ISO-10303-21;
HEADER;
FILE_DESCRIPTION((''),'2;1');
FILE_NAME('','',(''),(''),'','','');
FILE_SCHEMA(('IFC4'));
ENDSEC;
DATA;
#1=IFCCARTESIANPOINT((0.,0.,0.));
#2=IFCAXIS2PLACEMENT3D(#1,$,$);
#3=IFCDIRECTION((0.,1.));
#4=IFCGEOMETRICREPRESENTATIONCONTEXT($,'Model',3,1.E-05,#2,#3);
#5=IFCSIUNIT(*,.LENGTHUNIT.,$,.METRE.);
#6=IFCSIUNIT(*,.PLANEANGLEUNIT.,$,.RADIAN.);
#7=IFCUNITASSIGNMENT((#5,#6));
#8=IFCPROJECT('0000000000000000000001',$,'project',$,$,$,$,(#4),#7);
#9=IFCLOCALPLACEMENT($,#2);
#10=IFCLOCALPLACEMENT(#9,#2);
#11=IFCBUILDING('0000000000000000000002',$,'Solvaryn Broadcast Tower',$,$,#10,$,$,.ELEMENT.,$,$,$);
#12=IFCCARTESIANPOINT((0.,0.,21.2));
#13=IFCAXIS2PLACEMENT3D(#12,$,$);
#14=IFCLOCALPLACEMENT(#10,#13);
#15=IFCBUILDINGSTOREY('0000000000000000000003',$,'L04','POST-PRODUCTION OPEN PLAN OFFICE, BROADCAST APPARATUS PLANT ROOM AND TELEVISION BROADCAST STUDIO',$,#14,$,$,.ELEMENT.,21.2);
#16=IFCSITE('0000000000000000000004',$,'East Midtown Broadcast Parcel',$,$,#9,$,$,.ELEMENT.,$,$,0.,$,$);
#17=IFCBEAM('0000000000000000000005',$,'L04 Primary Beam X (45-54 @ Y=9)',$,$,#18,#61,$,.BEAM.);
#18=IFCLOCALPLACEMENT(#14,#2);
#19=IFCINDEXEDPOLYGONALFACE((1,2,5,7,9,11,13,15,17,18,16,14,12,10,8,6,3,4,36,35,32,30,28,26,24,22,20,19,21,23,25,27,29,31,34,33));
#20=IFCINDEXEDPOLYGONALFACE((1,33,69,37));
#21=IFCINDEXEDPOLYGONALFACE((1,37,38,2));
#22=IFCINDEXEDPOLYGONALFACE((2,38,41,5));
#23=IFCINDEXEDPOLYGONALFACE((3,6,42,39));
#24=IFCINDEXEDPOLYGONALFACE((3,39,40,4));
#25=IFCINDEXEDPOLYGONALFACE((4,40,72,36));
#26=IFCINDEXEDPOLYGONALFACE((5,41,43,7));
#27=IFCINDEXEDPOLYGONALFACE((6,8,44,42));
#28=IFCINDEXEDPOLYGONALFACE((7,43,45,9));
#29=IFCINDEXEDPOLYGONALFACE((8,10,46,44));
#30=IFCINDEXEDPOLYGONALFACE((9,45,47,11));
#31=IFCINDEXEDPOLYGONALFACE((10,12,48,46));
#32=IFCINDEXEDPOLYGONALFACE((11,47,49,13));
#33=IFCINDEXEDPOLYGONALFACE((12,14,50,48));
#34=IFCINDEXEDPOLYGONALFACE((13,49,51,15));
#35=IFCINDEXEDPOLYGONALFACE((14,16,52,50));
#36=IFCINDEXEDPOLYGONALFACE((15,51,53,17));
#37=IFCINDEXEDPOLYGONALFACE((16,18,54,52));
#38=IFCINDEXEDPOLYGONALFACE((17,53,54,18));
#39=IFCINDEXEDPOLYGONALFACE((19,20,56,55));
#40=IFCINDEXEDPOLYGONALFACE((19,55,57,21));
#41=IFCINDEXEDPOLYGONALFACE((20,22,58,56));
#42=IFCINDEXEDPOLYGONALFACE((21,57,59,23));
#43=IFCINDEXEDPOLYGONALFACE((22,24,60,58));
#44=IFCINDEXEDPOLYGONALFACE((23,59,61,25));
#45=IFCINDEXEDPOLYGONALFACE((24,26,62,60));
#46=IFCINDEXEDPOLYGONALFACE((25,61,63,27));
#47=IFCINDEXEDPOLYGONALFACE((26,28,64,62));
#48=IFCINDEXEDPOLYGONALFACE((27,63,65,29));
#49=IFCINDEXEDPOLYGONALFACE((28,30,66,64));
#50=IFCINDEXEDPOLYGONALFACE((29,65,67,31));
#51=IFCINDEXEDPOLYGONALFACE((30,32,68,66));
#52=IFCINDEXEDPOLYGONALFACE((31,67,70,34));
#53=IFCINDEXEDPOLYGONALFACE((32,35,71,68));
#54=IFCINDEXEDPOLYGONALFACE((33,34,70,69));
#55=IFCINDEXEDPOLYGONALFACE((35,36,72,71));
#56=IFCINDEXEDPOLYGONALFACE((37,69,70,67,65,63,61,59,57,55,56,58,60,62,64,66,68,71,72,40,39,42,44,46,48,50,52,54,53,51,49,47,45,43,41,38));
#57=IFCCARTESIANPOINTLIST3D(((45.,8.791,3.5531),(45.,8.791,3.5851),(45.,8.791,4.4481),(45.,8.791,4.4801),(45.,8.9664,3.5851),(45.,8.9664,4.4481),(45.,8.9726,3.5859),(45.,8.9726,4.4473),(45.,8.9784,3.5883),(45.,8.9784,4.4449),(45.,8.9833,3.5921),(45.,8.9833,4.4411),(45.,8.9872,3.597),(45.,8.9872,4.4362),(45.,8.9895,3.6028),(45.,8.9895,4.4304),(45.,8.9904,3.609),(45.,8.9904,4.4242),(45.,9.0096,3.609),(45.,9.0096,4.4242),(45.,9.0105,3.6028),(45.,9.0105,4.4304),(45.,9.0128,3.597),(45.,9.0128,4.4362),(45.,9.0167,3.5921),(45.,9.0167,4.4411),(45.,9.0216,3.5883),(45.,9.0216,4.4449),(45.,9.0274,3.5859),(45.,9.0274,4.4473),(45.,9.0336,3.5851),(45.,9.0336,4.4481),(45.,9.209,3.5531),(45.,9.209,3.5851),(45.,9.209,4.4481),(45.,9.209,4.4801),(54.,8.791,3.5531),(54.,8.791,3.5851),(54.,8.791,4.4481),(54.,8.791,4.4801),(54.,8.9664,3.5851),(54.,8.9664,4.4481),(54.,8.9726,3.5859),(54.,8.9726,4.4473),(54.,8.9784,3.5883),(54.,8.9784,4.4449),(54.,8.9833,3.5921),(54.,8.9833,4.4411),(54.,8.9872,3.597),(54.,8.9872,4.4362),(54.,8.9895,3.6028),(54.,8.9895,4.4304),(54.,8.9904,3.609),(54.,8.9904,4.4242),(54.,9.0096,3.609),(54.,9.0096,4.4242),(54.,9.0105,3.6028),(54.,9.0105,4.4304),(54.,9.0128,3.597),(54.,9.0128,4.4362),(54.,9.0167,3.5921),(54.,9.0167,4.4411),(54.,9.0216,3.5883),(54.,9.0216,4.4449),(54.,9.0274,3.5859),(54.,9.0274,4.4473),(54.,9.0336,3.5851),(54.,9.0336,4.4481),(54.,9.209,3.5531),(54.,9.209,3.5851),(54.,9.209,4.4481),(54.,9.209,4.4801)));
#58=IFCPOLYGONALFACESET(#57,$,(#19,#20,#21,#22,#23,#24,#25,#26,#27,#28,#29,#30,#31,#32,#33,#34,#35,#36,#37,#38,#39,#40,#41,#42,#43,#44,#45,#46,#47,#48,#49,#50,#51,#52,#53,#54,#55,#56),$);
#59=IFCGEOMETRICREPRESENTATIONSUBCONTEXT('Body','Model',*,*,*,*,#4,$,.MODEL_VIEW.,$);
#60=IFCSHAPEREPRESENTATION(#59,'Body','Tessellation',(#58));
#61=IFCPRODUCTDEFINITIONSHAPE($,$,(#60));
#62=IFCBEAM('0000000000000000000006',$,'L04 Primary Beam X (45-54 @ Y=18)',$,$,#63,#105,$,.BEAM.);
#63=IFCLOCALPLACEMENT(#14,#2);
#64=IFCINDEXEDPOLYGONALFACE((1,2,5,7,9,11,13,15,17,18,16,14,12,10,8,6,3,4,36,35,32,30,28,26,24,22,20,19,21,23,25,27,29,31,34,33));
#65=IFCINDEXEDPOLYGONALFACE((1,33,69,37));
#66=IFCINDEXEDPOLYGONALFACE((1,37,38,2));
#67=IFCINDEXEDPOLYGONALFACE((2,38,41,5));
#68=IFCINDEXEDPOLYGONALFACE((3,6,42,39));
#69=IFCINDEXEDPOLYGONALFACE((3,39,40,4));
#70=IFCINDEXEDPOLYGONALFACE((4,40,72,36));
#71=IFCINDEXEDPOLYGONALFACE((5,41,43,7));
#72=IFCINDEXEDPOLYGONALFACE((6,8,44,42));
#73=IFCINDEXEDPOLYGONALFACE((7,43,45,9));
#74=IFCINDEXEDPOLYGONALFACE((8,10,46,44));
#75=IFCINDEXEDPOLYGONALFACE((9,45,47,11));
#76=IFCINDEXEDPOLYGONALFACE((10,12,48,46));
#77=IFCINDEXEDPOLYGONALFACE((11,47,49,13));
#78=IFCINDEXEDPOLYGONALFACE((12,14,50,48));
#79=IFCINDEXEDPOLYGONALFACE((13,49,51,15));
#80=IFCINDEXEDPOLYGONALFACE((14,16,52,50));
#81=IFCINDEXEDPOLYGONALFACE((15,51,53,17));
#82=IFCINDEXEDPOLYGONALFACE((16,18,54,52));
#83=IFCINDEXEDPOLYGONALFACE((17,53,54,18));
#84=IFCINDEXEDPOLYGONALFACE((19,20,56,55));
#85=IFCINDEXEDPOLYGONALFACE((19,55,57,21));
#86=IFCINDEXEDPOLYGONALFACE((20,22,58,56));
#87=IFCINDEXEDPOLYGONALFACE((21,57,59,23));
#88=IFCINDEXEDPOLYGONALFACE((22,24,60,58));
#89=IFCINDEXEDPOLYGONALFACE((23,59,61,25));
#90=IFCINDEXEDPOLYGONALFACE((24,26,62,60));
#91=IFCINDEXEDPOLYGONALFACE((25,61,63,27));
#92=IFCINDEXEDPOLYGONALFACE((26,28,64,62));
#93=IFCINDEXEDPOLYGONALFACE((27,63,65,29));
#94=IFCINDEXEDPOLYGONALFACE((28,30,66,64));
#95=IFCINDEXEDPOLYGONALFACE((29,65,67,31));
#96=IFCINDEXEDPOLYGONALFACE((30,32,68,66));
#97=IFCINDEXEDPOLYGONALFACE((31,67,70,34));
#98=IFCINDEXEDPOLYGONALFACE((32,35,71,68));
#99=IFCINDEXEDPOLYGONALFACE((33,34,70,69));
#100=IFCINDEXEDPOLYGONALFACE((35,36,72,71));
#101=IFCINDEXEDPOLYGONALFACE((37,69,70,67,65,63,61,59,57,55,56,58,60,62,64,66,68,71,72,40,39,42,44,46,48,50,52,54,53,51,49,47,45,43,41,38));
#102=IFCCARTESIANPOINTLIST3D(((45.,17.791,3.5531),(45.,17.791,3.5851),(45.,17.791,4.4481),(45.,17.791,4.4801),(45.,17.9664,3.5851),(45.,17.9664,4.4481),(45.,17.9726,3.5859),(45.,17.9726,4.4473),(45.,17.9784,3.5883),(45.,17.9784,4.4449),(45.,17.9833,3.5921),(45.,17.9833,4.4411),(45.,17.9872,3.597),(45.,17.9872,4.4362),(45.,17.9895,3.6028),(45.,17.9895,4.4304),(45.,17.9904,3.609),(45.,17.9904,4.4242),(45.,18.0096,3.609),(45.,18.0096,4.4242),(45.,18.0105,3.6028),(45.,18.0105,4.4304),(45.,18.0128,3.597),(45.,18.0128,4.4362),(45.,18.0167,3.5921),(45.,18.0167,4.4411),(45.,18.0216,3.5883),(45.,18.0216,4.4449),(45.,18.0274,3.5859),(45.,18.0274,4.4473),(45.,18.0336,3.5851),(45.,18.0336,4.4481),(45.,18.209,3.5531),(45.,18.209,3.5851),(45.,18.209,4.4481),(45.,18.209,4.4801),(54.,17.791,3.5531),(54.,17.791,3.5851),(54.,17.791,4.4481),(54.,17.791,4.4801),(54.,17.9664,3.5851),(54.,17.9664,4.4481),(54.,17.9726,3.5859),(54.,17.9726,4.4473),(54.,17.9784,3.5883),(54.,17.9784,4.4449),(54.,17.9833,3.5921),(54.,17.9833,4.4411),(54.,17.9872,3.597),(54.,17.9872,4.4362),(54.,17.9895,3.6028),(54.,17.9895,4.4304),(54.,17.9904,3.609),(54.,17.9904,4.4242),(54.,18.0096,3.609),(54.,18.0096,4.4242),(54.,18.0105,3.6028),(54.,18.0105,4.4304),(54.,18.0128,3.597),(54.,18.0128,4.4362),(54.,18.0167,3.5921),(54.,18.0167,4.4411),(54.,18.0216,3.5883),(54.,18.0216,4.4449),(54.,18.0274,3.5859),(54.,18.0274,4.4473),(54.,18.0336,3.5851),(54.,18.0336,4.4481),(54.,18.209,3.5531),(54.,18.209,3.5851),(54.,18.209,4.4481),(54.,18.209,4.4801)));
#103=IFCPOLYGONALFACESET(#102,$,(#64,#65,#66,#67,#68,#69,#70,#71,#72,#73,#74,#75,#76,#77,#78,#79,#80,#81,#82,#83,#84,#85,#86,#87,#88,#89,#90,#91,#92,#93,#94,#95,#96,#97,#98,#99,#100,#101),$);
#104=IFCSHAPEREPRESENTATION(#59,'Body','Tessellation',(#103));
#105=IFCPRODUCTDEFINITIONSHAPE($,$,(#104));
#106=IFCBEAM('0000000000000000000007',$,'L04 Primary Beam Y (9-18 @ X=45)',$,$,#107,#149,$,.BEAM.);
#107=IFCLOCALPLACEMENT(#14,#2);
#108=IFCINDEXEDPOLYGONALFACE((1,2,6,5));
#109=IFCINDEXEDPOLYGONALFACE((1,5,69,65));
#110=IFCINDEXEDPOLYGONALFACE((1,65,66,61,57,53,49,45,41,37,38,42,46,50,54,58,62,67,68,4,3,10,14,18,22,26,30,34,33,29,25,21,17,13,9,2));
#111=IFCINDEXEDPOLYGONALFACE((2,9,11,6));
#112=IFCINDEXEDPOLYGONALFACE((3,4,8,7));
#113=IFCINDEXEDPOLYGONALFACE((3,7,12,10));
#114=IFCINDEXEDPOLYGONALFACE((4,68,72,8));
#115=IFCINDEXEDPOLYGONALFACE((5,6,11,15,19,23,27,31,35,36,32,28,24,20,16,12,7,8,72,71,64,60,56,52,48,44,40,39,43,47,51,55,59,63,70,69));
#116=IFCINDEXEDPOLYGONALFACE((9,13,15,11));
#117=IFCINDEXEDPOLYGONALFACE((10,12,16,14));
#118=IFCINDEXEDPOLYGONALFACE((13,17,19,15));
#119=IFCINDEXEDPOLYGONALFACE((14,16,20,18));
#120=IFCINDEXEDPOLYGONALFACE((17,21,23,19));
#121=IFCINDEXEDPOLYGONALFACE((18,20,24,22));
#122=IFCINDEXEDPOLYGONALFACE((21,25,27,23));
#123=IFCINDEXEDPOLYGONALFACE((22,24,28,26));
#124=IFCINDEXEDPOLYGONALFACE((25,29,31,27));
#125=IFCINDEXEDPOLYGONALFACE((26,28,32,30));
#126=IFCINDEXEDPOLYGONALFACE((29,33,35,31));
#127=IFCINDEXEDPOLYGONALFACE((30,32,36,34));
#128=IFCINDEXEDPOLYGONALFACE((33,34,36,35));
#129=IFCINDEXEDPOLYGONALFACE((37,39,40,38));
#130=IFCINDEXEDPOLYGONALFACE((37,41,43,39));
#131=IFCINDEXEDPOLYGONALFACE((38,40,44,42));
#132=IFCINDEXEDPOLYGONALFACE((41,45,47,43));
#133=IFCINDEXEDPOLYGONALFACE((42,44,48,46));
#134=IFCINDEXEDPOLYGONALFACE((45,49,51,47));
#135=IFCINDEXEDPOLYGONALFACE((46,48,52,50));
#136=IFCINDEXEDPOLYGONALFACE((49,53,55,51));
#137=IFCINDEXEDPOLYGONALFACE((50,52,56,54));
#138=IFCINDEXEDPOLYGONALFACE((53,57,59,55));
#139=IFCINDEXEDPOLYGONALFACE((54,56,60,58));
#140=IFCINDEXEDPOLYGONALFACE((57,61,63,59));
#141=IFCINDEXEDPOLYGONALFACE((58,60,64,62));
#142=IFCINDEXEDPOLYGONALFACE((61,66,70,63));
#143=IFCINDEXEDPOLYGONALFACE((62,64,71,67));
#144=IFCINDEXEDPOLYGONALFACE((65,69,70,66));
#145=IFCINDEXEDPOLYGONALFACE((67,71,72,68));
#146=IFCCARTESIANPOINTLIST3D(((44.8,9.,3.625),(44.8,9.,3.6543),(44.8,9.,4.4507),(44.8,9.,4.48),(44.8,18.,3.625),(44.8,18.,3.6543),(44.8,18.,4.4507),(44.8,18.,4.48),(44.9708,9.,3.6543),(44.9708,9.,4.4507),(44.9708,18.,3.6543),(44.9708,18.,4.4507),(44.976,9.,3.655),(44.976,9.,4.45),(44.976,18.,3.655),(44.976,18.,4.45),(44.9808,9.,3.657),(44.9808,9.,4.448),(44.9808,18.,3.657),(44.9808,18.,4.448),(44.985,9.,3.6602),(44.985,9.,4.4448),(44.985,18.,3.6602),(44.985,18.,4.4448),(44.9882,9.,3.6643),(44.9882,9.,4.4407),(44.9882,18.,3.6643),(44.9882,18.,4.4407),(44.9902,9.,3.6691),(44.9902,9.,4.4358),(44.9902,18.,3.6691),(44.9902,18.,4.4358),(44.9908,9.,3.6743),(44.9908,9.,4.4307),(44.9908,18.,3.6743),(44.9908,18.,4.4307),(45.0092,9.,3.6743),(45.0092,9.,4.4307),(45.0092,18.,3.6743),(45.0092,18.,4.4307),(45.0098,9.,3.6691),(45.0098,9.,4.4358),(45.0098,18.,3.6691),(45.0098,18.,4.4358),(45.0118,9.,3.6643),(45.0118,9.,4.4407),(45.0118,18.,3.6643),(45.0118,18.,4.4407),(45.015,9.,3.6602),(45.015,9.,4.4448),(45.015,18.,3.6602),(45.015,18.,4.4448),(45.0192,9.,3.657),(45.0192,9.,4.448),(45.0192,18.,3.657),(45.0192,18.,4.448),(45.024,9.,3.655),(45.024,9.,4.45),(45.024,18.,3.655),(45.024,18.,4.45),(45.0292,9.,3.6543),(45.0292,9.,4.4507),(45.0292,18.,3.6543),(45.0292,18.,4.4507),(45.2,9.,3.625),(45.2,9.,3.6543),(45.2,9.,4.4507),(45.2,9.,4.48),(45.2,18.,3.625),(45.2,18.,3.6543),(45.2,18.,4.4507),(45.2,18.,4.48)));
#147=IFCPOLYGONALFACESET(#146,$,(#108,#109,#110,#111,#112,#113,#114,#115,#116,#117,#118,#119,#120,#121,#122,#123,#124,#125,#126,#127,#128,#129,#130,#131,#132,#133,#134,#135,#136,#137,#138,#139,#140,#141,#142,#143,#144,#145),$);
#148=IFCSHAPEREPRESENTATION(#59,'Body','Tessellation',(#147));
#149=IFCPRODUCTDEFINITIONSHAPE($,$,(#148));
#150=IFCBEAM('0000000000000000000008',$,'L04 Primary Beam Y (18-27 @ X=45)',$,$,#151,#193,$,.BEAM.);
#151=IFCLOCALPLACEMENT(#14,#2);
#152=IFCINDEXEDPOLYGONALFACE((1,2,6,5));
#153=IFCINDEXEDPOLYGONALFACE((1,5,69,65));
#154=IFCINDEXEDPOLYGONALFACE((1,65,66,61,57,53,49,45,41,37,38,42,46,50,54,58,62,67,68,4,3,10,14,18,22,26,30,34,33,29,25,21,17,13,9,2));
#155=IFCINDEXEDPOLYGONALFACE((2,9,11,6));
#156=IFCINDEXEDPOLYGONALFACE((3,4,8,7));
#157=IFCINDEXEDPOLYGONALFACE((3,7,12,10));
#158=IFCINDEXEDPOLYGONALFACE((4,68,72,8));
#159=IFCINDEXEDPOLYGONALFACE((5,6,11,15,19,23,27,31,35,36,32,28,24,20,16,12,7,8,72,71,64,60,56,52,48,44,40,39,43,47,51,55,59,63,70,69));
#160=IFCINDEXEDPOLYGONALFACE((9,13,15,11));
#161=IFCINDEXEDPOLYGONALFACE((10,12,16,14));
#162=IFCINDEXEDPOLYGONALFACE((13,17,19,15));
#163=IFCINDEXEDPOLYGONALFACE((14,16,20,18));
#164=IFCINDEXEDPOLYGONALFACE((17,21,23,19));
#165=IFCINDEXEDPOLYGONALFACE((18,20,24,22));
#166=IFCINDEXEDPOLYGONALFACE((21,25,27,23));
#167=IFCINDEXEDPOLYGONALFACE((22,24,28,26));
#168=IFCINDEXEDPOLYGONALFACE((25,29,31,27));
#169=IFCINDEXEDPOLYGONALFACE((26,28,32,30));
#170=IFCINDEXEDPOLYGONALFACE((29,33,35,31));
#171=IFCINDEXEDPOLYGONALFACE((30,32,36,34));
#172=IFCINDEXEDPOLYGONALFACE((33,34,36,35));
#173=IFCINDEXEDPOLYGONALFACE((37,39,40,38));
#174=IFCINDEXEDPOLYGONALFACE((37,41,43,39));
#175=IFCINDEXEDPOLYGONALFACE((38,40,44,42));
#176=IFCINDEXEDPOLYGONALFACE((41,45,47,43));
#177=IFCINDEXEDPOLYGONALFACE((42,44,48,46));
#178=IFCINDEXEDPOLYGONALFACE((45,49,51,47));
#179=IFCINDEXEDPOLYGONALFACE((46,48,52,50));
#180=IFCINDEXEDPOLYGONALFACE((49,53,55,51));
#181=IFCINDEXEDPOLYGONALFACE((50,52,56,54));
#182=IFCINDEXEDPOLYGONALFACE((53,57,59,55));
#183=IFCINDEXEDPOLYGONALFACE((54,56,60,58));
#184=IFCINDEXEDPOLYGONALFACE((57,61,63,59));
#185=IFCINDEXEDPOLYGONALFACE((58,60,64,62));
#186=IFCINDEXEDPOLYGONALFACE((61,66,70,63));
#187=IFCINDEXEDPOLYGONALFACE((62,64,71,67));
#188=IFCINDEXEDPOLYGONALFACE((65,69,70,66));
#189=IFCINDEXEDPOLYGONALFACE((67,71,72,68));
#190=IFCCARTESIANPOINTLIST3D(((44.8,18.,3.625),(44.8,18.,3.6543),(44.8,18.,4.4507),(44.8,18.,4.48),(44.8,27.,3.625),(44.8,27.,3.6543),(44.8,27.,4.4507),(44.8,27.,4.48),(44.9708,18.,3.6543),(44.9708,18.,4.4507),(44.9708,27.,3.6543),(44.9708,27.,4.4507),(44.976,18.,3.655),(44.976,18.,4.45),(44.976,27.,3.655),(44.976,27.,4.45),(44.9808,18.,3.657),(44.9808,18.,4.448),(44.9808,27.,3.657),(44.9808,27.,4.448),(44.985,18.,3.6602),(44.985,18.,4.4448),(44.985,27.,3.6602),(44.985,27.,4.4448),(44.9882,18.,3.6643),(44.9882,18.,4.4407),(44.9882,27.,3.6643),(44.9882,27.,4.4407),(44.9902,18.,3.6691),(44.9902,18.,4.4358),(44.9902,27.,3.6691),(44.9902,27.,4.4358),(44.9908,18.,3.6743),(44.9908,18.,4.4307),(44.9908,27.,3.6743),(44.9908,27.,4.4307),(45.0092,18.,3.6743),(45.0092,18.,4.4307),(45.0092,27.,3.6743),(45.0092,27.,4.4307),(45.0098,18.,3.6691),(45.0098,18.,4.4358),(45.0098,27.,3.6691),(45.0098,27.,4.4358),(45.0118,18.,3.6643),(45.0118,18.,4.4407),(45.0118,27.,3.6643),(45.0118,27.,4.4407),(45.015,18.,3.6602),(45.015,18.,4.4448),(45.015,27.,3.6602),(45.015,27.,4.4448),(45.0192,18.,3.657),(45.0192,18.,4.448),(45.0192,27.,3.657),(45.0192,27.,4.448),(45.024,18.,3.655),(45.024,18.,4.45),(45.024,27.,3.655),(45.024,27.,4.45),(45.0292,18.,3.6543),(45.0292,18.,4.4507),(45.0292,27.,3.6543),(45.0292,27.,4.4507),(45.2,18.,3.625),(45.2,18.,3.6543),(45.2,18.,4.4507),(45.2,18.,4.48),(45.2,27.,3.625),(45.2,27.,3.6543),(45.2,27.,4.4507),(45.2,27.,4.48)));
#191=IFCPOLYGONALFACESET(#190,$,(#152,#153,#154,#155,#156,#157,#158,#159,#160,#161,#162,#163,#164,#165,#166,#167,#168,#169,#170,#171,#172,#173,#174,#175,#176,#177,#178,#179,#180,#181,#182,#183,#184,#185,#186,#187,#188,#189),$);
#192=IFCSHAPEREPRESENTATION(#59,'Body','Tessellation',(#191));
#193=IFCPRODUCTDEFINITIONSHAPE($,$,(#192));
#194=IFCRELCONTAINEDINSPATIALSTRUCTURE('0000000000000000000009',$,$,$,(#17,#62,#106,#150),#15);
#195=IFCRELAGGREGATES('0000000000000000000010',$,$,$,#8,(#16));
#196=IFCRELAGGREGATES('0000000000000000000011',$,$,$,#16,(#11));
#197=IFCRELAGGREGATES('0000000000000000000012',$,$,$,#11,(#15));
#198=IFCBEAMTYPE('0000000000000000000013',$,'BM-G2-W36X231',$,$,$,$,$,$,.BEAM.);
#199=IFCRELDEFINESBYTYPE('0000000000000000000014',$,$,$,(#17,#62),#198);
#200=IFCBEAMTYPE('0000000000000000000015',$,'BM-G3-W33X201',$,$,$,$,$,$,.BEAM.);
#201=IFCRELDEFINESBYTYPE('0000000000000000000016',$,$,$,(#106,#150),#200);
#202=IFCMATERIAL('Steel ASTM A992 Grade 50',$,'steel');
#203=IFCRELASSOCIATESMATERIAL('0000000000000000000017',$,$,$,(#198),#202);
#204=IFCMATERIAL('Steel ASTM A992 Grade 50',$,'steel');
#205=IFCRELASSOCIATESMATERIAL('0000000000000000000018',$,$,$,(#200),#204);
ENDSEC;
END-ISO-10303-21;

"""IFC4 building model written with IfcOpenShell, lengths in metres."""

from ifc_helpers import new_model, si_unit, direction, frame, origin, origin_2d, place, context, subcontext, project, spatial, i_section, extrude, material, material_profile, profile_set, type_object, element, save


model = new_model("IFC4")

# Units and contexts
model_context = context("Model", 3, precision=1e-05, world=origin(), true_north=direction((0.0, 1.0)))
body_context = subcontext(model_context, "Body", "Model", "MODEL_VIEW")
ifc_project = project(units=[si_unit("LENGTHUNIT", "METRE"), si_unit("PLANEANGLEUNIT", "RADIAN")], contexts=[model_context])

# Site, building, storey
site_placement = place(None, origin())
site = spatial("IfcSite", under=ifc_project, at=site_placement, Name="East Midtown Broadcast Parcel", CompositionType="ELEMENT", RefElevation=0.0)
building_placement = place(site_placement, origin())
building = spatial("IfcBuilding", under=site, at=building_placement, Name="Solvaryn Broadcast Tower", CompositionType="ELEMENT")
storey_placement = place(building_placement, frame((0.0, 0.0, 21.2)))
storey = spatial("IfcBuildingStorey", under=building, at=storey_placement, Name="L04", Description="POST-PRODUCTION OPEN PLAN OFFICE, BROADCAST APPARATUS PLANT ROOM AND TELEVISION BROADCAST STUDIO", CompositionType="ELEMENT", Elevation=21.2)

# Beams
ifc_material_1 = material(Name="Steel ASTM A992 Grade 50", Category="steel")
ifc_material_profile_1 = material_profile(ifc_material_1, i_section(OverallWidth=0.418, OverallDepth=0.927, WebThickness=0.0193, FlangeThickness=0.032, FilletRadius=0.0239, at=origin_2d()))
ifc_profile_set_1 = profile_set([ifc_material_profile_1], Name="Steel ASTM A992 Grade 50")
beam_type_1 = type_object("IfcBeamType", Name="BM-G2-W36X231", PredefinedType="BEAM", material=ifc_profile_set_1)
for number, where, z_axis, x_axis, name in (
    (1, (45.0, 9.0, 4.0166), (1.0, 0.0, 0.0), (0.0, 1.0, 0.0), "L04 Primary Beam X (45-54 @ Y=9)"),
    (2, (45.0, 18.0, 4.0166), (1.0, 0.0, 0.0), (0.0, 1.0, 0.0), "L04 Primary Beam X (45-54 @ Y=18)"),
):
    element("IfcBeam", number, at=place(storey_placement, frame(where, z_axis=z_axis, x_axis=x_axis)), inside=storey, type_object=beam_type_1, Name=name, PredefinedType="BEAM", context=body_context, shape_type="SweptSolid", body=[
        extrude(i_section(OverallWidth=0.418, OverallDepth=0.927, WebThickness=0.0193, FlangeThickness=0.032, FilletRadius=0.0239, at=origin_2d()), origin(), (0.0, 0.0, 1.0), 9.0),
    ])
ifc_material_2 = material(Name="Steel ASTM A992 Grade 50", Category="steel")
ifc_material_profile_2 = material_profile(ifc_material_2, i_section(OverallWidth=0.3999, OverallDepth=0.855, WebThickness=0.0183, FlangeThickness=0.0293, FilletRadius=0.02, at=origin_2d()))
ifc_profile_set_2 = profile_set([ifc_material_profile_2], Name="Steel ASTM A992 Grade 50")
beam_type_2 = type_object("IfcBeamType", Name="BM-G3-W33X201", PredefinedType="BEAM", material=ifc_profile_set_2)
for number, where, z_axis, x_axis, name in (
    (3, (45.0, 9.0, 4.0525), (0.0, 1.0, 0.0), (-1.0, 0.0, 0.0), "L04 Primary Beam Y (9-18 @ X=45)"),
    (4, (45.0, 18.0, 4.0525), (0.0, 1.0, 0.0), (-1.0, 0.0, 0.0), "L04 Primary Beam Y (18-27 @ X=45)"),
):
    element("IfcBeam", number, at=place(storey_placement, frame(where, z_axis=z_axis, x_axis=x_axis)), inside=storey, type_object=beam_type_2, Name=name, PredefinedType="BEAM", context=body_context, shape_type="SweptSolid", body=[
        extrude(i_section(OverallWidth=0.3999, OverallDepth=0.855, WebThickness=0.0183, FlangeThickness=0.0293, FilletRadius=0.02, at=origin_2d()), origin(), (0.0, 0.0, 1.0), 9.0),
    ])

save(model, "model.ifc")
